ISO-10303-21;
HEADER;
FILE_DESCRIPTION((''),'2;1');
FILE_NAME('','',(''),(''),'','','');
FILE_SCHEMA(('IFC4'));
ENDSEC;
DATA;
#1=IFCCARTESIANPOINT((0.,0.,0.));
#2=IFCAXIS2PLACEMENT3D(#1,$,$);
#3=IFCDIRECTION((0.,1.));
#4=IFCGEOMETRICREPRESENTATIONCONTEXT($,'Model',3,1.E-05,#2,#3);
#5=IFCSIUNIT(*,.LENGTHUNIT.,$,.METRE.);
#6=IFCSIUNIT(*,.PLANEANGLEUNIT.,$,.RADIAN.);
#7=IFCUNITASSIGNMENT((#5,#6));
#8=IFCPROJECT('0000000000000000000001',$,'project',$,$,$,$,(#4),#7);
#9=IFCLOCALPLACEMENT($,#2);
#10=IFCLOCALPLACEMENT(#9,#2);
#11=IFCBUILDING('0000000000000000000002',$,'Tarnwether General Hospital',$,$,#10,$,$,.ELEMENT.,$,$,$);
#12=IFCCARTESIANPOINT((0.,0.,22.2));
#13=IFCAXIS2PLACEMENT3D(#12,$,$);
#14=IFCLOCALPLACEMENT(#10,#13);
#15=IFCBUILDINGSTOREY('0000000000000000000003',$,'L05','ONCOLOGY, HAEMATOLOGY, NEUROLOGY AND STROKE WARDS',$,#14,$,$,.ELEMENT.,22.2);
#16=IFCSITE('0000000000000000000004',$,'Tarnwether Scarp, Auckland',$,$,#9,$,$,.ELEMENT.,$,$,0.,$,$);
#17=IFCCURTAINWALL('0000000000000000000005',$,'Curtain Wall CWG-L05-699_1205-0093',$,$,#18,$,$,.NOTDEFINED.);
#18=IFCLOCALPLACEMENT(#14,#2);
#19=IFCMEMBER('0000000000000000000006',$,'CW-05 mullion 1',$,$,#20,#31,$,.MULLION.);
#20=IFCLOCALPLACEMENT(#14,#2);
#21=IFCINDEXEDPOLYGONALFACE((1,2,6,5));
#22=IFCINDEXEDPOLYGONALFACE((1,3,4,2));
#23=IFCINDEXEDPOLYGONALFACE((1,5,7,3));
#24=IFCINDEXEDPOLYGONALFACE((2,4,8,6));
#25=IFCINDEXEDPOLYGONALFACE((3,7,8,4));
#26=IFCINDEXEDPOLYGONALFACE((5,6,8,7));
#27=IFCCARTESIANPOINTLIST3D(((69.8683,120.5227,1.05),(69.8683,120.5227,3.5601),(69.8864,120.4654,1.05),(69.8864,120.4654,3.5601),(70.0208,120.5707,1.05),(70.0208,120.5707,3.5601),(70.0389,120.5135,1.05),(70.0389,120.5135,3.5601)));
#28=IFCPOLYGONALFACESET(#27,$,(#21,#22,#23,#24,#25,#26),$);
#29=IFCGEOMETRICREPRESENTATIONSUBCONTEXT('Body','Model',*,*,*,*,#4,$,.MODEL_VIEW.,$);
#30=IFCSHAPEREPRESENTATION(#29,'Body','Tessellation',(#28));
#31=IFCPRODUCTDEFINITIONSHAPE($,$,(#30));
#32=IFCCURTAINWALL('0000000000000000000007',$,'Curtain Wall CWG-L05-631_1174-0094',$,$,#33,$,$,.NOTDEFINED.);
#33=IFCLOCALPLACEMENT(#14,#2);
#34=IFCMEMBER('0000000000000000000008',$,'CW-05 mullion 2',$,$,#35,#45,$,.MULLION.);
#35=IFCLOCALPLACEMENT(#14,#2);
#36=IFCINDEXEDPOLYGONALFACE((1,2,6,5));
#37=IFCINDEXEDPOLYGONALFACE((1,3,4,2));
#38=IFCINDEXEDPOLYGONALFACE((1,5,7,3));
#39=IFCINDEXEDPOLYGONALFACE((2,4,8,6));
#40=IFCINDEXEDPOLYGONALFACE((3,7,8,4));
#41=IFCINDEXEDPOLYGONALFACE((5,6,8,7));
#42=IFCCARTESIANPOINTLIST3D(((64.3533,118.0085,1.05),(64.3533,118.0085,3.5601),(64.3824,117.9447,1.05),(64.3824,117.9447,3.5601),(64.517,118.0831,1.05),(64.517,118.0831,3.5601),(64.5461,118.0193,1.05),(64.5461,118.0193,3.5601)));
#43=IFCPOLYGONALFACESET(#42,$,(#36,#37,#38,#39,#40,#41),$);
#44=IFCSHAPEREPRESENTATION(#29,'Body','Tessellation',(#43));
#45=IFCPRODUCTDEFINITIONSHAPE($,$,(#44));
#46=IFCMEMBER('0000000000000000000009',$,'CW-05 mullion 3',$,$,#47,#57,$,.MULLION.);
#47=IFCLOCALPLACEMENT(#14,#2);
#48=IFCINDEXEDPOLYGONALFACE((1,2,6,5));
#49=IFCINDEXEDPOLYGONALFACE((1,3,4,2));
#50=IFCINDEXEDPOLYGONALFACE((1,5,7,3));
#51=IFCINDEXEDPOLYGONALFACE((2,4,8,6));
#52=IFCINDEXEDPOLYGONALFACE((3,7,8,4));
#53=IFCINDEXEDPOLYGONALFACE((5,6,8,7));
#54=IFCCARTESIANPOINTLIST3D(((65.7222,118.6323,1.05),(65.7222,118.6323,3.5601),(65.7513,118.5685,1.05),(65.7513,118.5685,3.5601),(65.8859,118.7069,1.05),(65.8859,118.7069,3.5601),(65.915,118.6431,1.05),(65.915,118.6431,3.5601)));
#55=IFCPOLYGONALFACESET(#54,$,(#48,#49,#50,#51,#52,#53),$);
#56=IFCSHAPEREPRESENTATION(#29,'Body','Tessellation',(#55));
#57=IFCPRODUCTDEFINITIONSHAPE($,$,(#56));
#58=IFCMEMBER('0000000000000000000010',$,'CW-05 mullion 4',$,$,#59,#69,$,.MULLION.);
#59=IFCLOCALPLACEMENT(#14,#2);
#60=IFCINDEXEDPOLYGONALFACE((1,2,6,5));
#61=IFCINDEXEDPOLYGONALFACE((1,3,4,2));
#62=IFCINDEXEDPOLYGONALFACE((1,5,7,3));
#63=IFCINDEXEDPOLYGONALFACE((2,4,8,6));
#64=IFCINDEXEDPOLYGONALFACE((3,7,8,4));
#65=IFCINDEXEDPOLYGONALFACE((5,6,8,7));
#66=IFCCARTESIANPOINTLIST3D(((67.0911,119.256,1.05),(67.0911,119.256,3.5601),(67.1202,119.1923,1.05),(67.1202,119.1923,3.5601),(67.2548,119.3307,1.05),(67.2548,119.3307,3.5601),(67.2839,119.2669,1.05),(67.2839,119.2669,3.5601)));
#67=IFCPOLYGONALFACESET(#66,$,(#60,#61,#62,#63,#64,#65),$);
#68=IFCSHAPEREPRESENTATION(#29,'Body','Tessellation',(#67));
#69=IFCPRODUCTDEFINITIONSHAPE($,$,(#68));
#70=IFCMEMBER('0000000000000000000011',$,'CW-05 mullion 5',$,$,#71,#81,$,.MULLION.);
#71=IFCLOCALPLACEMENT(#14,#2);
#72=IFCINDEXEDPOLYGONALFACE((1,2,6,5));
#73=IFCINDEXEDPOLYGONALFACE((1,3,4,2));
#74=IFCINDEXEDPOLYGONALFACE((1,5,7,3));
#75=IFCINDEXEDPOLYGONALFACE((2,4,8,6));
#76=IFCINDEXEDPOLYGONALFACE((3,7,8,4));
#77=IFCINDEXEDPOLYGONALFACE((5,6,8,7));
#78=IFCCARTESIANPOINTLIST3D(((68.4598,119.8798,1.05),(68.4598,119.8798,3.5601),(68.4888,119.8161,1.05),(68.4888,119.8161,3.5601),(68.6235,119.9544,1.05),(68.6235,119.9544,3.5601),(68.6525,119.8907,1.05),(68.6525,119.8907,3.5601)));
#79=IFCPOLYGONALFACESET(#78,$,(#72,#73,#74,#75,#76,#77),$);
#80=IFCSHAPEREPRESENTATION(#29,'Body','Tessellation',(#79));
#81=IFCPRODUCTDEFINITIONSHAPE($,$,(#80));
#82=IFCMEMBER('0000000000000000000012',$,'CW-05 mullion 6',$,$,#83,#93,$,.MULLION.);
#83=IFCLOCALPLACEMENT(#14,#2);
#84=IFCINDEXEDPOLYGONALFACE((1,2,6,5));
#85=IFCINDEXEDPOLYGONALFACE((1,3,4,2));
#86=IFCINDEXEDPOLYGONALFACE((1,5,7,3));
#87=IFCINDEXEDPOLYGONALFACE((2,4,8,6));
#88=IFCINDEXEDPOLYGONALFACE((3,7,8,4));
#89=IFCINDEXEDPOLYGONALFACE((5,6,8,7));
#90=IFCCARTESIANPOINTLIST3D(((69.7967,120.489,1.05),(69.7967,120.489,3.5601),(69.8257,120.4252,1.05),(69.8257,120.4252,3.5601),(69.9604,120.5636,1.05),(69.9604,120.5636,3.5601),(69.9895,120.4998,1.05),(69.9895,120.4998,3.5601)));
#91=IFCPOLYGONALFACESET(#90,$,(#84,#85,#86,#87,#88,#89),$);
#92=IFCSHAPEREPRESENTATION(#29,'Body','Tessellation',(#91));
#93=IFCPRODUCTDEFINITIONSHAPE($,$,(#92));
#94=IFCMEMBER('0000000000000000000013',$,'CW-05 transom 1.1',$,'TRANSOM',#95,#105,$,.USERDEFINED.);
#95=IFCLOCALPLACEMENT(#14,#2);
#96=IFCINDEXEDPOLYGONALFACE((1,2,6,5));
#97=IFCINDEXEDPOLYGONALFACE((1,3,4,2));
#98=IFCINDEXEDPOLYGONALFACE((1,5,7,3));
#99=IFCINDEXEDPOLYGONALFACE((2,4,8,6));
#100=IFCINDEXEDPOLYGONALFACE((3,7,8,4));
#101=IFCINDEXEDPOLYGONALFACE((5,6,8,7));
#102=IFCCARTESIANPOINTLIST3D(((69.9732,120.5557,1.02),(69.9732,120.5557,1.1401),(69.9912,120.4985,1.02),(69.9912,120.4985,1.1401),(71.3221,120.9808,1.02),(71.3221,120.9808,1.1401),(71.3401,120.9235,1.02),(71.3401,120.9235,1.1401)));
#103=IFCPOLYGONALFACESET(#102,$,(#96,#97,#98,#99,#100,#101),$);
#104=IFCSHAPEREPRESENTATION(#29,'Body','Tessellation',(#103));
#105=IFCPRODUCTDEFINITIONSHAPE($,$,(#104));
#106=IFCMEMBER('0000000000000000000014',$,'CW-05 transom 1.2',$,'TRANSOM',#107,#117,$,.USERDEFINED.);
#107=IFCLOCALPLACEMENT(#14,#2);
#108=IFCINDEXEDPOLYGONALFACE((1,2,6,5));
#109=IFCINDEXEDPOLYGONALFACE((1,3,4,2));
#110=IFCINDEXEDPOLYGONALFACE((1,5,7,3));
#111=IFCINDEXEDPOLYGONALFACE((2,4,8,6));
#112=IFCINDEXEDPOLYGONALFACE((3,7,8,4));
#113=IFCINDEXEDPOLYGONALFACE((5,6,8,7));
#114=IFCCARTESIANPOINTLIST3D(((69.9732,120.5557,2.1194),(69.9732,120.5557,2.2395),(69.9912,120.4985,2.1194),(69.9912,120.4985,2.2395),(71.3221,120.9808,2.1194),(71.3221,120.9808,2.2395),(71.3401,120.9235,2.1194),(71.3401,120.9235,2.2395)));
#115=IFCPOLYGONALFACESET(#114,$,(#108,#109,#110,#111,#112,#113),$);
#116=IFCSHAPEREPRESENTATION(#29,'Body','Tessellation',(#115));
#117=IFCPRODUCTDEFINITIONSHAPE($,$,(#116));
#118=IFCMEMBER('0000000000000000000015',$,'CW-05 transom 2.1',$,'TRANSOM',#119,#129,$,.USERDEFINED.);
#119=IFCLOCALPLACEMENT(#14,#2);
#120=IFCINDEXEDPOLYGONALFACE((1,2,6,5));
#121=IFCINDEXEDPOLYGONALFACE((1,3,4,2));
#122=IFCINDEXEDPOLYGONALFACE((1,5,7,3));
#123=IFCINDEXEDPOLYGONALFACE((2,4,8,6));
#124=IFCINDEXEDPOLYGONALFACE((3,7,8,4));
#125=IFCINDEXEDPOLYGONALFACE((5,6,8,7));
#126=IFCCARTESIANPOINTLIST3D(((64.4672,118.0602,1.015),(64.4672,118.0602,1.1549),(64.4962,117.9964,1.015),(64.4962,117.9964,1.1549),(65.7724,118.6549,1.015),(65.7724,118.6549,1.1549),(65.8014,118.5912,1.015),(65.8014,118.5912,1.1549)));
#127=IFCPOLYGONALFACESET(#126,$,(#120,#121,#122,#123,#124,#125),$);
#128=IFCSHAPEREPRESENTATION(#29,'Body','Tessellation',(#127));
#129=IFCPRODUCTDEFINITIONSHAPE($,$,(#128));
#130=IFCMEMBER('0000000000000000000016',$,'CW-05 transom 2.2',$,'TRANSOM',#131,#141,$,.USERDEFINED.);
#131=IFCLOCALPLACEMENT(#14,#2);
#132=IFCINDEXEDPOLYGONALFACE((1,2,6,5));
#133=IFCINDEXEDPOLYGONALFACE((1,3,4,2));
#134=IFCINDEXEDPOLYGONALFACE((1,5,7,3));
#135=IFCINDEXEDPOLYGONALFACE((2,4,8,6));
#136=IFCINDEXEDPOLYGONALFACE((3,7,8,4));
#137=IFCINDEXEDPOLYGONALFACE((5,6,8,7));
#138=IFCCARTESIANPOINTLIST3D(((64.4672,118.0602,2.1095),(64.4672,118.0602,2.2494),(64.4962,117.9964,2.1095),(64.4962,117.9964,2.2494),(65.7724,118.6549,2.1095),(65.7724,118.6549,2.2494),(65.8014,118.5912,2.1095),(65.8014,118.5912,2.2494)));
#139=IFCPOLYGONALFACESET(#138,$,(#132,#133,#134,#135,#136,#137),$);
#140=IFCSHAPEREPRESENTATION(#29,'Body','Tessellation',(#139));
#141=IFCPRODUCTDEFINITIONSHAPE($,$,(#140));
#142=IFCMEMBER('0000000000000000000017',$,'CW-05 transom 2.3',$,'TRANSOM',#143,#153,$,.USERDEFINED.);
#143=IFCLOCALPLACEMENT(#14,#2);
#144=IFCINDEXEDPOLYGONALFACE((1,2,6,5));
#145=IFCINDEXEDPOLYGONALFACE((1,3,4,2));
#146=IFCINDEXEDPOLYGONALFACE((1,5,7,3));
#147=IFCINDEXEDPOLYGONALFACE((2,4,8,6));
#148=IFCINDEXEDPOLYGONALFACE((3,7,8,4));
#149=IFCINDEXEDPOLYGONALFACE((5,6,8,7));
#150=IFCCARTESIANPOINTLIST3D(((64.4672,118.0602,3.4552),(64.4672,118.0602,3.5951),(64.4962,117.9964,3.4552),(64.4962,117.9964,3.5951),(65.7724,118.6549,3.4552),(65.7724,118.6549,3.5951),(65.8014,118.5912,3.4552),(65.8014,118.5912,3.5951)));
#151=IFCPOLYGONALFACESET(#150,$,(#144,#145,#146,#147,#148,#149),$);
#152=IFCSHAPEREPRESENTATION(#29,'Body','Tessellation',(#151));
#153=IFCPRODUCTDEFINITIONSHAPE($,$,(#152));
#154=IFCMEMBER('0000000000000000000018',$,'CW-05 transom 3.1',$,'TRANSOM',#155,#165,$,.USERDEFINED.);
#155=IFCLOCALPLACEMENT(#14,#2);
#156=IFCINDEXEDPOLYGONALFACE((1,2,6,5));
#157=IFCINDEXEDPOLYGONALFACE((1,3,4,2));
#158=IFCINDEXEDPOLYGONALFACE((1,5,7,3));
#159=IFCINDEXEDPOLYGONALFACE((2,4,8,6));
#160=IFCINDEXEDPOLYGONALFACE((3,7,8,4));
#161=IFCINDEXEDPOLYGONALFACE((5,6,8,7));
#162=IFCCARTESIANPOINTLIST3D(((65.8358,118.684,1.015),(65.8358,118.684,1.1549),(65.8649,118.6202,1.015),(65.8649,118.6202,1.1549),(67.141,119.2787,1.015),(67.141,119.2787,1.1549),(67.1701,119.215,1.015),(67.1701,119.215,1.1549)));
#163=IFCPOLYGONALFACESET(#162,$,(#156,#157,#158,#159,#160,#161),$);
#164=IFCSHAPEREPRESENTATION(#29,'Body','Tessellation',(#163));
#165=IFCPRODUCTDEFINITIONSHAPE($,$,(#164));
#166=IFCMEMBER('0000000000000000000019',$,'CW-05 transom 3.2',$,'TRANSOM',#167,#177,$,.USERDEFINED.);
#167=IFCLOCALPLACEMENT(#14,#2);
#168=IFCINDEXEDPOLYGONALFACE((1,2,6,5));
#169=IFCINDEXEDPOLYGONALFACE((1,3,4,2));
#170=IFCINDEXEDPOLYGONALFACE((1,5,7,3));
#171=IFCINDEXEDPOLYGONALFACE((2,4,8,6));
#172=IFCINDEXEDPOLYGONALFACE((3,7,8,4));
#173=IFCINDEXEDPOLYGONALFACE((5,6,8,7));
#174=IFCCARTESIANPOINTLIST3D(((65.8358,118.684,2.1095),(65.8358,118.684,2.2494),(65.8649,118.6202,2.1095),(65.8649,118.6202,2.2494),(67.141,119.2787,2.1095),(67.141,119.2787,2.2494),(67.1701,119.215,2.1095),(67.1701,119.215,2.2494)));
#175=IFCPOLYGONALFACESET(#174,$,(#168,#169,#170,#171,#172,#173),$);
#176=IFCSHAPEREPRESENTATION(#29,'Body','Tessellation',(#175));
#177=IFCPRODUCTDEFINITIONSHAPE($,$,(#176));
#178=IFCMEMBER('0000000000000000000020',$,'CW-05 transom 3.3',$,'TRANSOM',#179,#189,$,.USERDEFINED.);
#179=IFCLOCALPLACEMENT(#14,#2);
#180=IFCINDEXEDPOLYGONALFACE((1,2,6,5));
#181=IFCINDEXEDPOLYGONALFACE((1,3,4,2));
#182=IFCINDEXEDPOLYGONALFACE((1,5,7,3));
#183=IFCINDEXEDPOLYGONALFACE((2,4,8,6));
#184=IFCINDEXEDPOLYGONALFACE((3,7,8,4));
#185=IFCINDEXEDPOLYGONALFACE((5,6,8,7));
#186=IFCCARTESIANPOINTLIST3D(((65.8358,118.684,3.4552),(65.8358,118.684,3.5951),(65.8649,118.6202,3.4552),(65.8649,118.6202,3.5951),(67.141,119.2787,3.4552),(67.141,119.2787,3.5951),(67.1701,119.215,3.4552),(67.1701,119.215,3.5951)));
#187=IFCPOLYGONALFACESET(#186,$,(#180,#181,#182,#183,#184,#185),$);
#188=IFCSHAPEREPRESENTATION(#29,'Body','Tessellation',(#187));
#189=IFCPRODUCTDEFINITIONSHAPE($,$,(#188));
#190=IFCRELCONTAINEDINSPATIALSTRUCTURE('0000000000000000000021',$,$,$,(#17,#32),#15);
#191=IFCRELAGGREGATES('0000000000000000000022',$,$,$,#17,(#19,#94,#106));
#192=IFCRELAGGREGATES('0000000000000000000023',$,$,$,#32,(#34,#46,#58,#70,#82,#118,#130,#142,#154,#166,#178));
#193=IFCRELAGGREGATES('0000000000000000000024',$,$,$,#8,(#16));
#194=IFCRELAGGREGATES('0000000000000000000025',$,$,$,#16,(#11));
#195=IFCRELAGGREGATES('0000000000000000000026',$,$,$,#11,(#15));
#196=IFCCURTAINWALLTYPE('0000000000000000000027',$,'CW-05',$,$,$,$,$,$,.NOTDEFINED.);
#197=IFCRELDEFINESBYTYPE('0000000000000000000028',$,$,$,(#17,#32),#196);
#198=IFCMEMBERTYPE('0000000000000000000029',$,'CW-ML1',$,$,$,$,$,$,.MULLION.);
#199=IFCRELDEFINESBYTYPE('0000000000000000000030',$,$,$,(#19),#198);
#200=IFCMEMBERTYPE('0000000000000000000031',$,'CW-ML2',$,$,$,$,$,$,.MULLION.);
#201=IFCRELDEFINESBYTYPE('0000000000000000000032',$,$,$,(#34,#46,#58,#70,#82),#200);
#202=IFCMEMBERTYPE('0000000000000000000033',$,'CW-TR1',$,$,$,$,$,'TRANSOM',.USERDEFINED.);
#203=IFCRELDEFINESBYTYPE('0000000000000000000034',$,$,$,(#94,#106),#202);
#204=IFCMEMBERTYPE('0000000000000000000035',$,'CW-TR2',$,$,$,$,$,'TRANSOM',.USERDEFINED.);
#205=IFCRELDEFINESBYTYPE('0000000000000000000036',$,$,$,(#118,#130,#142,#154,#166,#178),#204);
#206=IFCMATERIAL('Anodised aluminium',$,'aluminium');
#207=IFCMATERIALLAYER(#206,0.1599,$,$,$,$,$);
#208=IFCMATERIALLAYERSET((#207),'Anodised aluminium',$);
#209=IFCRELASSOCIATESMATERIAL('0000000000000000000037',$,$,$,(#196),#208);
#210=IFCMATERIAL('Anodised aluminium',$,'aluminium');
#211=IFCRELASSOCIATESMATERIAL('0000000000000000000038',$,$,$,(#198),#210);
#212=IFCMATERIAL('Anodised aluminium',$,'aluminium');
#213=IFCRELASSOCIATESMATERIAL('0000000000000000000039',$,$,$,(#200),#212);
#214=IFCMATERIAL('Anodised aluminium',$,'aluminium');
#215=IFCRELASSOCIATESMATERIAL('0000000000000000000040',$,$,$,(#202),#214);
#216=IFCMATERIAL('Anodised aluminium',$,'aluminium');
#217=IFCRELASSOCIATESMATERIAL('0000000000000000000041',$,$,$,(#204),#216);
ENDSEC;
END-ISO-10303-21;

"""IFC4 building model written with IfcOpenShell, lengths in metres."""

from ifc_helpers import new_model, si_unit, direction, frame, origin, origin_2d, place, context, subcontext, project, spatial, rectangle, extrude, material, layer, layer_set, material_profile, profile_set, type_object, element, aggregate, save


model = new_model("IFC4")

# Units and contexts
model_context = context("Model", 3, precision=1e-05, world=origin(), true_north=direction((0.0, 1.0)))
body_context = subcontext(model_context, "Body", "Model", "MODEL_VIEW")
ifc_project = project(units=[si_unit("LENGTHUNIT", "METRE"), si_unit("PLANEANGLEUNIT", "RADIAN")], contexts=[model_context])

# Site, building, storey
site_placement = place(None, origin())
site = spatial("IfcSite", under=ifc_project, at=site_placement, Name="Tarnwether Scarp, Auckland", CompositionType="ELEMENT", RefElevation=0.0)
building_placement = place(site_placement, origin())
building = spatial("IfcBuilding", under=site, at=building_placement, Name="Tarnwether General Hospital", CompositionType="ELEMENT")
storey_placement = place(building_placement, frame((0.0, 0.0, 22.2)))
storey = spatial("IfcBuildingStorey", under=building, at=storey_placement, Name="L05", Description="ONCOLOGY, HAEMATOLOGY, NEUROLOGY AND STROKE WARDS", CompositionType="ELEMENT", Elevation=22.2)

# Curtain wall, member
ifc_material_1 = material(Name="Anodised aluminium", Category="aluminium")
ifc_layer_1 = layer(ifc_material_1, 0.1599)
ifc_layer_set_1 = layer_set([ifc_layer_1], Name="Anodised aluminium")
curtain_wall_type = type_object("IfcCurtainWallType", Name="CW-05", PredefinedType="NOTDEFINED", material=ifc_layer_set_1)
curtain_wall_1_placement = place(storey_placement, origin())
curtain_wall_1 = element("IfcCurtainWall", 1, at=curtain_wall_1_placement, inside=storey, type_object=curtain_wall_type, Name="Curtain Wall CWG-L05-699_1205-0093", PredefinedType="NOTDEFINED")
ifc_material_2 = material(Name="Anodised aluminium", Category="aluminium")
ifc_material_profile_1 = material_profile(ifc_material_2, rectangle(XDim=0.0601, YDim=0.1599, at=origin_2d()), Name="ALU-MUL-60x160")
ifc_profile_set_1 = profile_set([ifc_material_profile_1], Name="Anodised aluminium")
member_type_1 = type_object("IfcMemberType", Name="CW-ML1", PredefinedType="MULLION", material=ifc_profile_set_1)
member_1_placement = place(storey_placement, frame((69.9536, 120.5181, 1.05), z_axis=(0.0, 0.0, 1.0), x_axis=(-0.300629, 0.953741, 0.0)))
member_1 = element("IfcMember", 2, at=member_1_placement, type_object=member_type_1, Name="CW-05 mullion 1", PredefinedType="MULLION", context=body_context, shape_type="SweptSolid", body=[
    extrude(rectangle(XDim=0.0601, YDim=0.1599, at=origin_2d()), origin(), (0.0, 0.0, 1.0), 2.51),
])

# Curtain wall, members
curtain_wall_2_placement = place(storey_placement, origin())
curtain_wall_2 = element("IfcCurtainWall", 3, at=curtain_wall_2_placement, inside=storey, type_object=curtain_wall_type, Name="Curtain Wall CWG-L05-631_1174-0094", PredefinedType="NOTDEFINED")
ifc_material_3 = material(Name="Anodised aluminium", Category="aluminium")
ifc_material_profile_2 = material_profile(ifc_material_3, rectangle(XDim=0.0701, YDim=0.1799, at=origin_2d()), Name="ALU-MUL-70x180")
ifc_profile_set_2 = profile_set([ifc_material_profile_2], Name="Anodised aluminium")
member_type_2 = type_object("IfcMemberType", Name="CW-ML2", PredefinedType="MULLION", material=ifc_profile_set_2)
member_2_placement = place(storey_placement, frame((64.4497, 118.0139, 1.05), z_axis=(0.0, 0.0, 1.0), x_axis=(-0.414694, 0.909961, 0.0)))
member_2 = element("IfcMember", 4, at=member_2_placement, type_object=member_type_2, Name="CW-05 mullion 2", PredefinedType="MULLION", context=body_context, shape_type="SweptSolid", body=[
    extrude(rectangle(XDim=0.0701, YDim=0.1799, at=origin_2d()), origin(), (0.0, 0.0, 1.0), 2.51),
])
member_3_placement = place(storey_placement, frame((65.8186, 118.6377, 1.05), z_axis=(0.0, 0.0, 1.0), x_axis=(-0.414694, 0.909961, 0.0)))
member_3 = element("IfcMember", 5, at=member_3_placement, type_object=member_type_2, Name="CW-05 mullion 3", PredefinedType="MULLION", context=body_context, shape_type="SweptSolid", body=[
    extrude(rectangle(XDim=0.0701, YDim=0.1799, at=origin_2d()), origin(), (0.0, 0.0, 1.0), 2.51),
])
member_4_placement = place(storey_placement, frame((67.1875, 119.2615, 1.05), z_axis=(0.0, 0.0, 1.0), x_axis=(-0.414694, 0.909961, 0.0)))
member_4 = element("IfcMember", 6, at=member_4_placement, type_object=member_type_2, Name="CW-05 mullion 4", PredefinedType="MULLION", context=body_context, shape_type="SweptSolid", body=[
    extrude(rectangle(XDim=0.0701, YDim=0.1799, at=origin_2d()), origin(), (0.0, 0.0, 1.0), 2.51),
])
member_5_placement = place(storey_placement, frame((68.5562, 119.8853, 1.05), z_axis=(0.0, 0.0, 1.0), x_axis=(-0.414694, 0.909961, 0.0)))
member_5 = element("IfcMember", 7, at=member_5_placement, type_object=member_type_2, Name="CW-05 mullion 5", PredefinedType="MULLION", context=body_context, shape_type="SweptSolid", body=[
    extrude(rectangle(XDim=0.0701, YDim=0.1799, at=origin_2d()), origin(), (0.0, 0.0, 1.0), 2.51),
])
member_6_placement = place(storey_placement, frame((69.8931, 120.4944, 1.05), z_axis=(0.0, 0.0, 1.0), x_axis=(-0.414694, 0.909961, 0.0)))
member_6 = element("IfcMember", 8, at=member_6_placement, type_object=member_type_2, Name="CW-05 mullion 6", PredefinedType="MULLION", context=body_context, shape_type="SweptSolid", body=[
    extrude(rectangle(XDim=0.0701, YDim=0.1799, at=origin_2d()), origin(), (0.0, 0.0, 1.0), 2.51),
])

# Members
ifc_material_4 = material(Name="Anodised aluminium", Category="aluminium")
ifc_material_profile_3 = material_profile(ifc_material_4, rectangle(XDim=0.0601, YDim=0.1201, at=origin_2d()), Name="ALU-TRN-60x120")
ifc_profile_set_3 = profile_set([ifc_material_profile_3], Name="Anodised aluminium")
member_type_3 = type_object("IfcMemberType", Name="CW-TR1", ElementType="TRANSOM", PredefinedType="USERDEFINED", material=ifc_profile_set_3)
member_7_placement = place(storey_placement, frame((69.9822, 120.5271, 1.0801), z_axis=(0.953768, 0.300545, 0.0), x_axis=(-0.300545, 0.953768, 0.0)))
member_7 = element("IfcMember", 9, at=member_7_placement, type_object=member_type_3, Name="CW-05 transom 1.1", ObjectType="TRANSOM", PredefinedType="USERDEFINED", context=body_context, shape_type="SweptSolid", body=[
    extrude(rectangle(XDim=0.0601, YDim=0.1201, at=origin_2d()), origin(), (0.0, 0.0, 1.0), 1.4143),
])
member_8_placement = place(storey_placement, frame((69.9822, 120.5271, 2.1794), z_axis=(0.953768, 0.300545, 0.0), x_axis=(-0.300545, 0.953768, 0.0)))
member_8 = element("IfcMember", 10, at=member_8_placement, type_object=member_type_3, Name="CW-05 transom 1.2", ObjectType="TRANSOM", PredefinedType="USERDEFINED", context=body_context, shape_type="SweptSolid", body=[
    extrude(rectangle(XDim=0.0601, YDim=0.1201, at=origin_2d()), origin(), (0.0, 0.0, 1.0), 1.4143),
])
aggregate(curtain_wall_1, [member_1, member_7, member_8])
ifc_material_5 = material(Name="Anodised aluminium", Category="aluminium")
ifc_material_profile_4 = material_profile(ifc_material_5, rectangle(XDim=0.0701, YDim=0.1399, at=origin_2d()), Name="ALU-TRN-70x140")
ifc_profile_set_4 = profile_set([ifc_material_profile_4], Name="Anodised aluminium")
member_type_4 = type_object("IfcMemberType", Name="CW-TR2", ElementType="TRANSOM", PredefinedType="USERDEFINED", material=ifc_profile_set_4)
member_9_placement = place(storey_placement, frame((64.4817, 118.0283, 1.085), z_axis=(0.909981, 0.414649, 0.0), x_axis=(-0.414649, 0.909981, 0.0)))
member_9 = element("IfcMember", 11, at=member_9_placement, type_object=member_type_4, Name="CW-05 transom 2.1", ObjectType="TRANSOM", PredefinedType="USERDEFINED", context=body_context, shape_type="SweptSolid", body=[
    extrude(rectangle(XDim=0.0701, YDim=0.1399, at=origin_2d()), origin(), (0.0, 0.0, 1.0), 1.4343),
])
member_10_placement = place(storey_placement, frame((64.4817, 118.0283, 2.1794), z_axis=(0.909981, 0.414649, 0.0), x_axis=(-0.414649, 0.909981, 0.0)))
member_10 = element("IfcMember", 12, at=member_10_placement, type_object=member_type_4, Name="CW-05 transom 2.2", ObjectType="TRANSOM", PredefinedType="USERDEFINED", context=body_context, shape_type="SweptSolid", body=[
    extrude(rectangle(XDim=0.0701, YDim=0.1399, at=origin_2d()), origin(), (0.0, 0.0, 1.0), 1.4343),
])
member_11_placement = place(storey_placement, frame((64.4817, 118.0283, 3.5251), z_axis=(0.909981, 0.414649, 0.0), x_axis=(-0.414649, 0.909981, 0.0)))
member_11 = element("IfcMember", 13, at=member_11_placement, type_object=member_type_4, Name="CW-05 transom 2.3", ObjectType="TRANSOM", PredefinedType="USERDEFINED", context=body_context, shape_type="SweptSolid", body=[
    extrude(rectangle(XDim=0.0701, YDim=0.1399, at=origin_2d()), origin(), (0.0, 0.0, 1.0), 1.4343),
])
member_12_placement = place(storey_placement, frame((65.8503, 118.6521, 1.085), z_axis=(0.909981, 0.414649, 0.0), x_axis=(-0.414649, 0.909981, 0.0)))
member_12 = element("IfcMember", 14, at=member_12_placement, type_object=member_type_4, Name="CW-05 transom 3.1", ObjectType="TRANSOM", PredefinedType="USERDEFINED", context=body_context, shape_type="SweptSolid", body=[
    extrude(rectangle(XDim=0.0701, YDim=0.1399, at=origin_2d()), origin(), (0.0, 0.0, 1.0), 1.4343),
])
member_13_placement = place(storey_placement, frame((65.8503, 118.6521, 2.1794), z_axis=(0.909981, 0.414649, 0.0), x_axis=(-0.414649, 0.909981, 0.0)))
member_13 = element("IfcMember", 15, at=member_13_placement, type_object=member_type_4, Name="CW-05 transom 3.2", ObjectType="TRANSOM", PredefinedType="USERDEFINED", context=body_context, shape_type="SweptSolid", body=[
    extrude(rectangle(XDim=0.0701, YDim=0.1399, at=origin_2d()), origin(), (0.0, 0.0, 1.0), 1.4343),
])
member_14_placement = place(storey_placement, frame((65.8503, 118.6521, 3.5251), z_axis=(0.909981, 0.414649, 0.0), x_axis=(-0.414649, 0.909981, 0.0)))
member_14 = element("IfcMember", 16, at=member_14_placement, type_object=member_type_4, Name="CW-05 transom 3.3", ObjectType="TRANSOM", PredefinedType="USERDEFINED", context=body_context, shape_type="SweptSolid", body=[
    extrude(rectangle(XDim=0.0701, YDim=0.1399, at=origin_2d()), origin(), (0.0, 0.0, 1.0), 1.4343),
])

aggregate(curtain_wall_2, [member_2, member_3, member_4, member_5, member_6, member_9, member_10, member_11, member_12, member_13, member_14])

save(model, "model.ifc")
